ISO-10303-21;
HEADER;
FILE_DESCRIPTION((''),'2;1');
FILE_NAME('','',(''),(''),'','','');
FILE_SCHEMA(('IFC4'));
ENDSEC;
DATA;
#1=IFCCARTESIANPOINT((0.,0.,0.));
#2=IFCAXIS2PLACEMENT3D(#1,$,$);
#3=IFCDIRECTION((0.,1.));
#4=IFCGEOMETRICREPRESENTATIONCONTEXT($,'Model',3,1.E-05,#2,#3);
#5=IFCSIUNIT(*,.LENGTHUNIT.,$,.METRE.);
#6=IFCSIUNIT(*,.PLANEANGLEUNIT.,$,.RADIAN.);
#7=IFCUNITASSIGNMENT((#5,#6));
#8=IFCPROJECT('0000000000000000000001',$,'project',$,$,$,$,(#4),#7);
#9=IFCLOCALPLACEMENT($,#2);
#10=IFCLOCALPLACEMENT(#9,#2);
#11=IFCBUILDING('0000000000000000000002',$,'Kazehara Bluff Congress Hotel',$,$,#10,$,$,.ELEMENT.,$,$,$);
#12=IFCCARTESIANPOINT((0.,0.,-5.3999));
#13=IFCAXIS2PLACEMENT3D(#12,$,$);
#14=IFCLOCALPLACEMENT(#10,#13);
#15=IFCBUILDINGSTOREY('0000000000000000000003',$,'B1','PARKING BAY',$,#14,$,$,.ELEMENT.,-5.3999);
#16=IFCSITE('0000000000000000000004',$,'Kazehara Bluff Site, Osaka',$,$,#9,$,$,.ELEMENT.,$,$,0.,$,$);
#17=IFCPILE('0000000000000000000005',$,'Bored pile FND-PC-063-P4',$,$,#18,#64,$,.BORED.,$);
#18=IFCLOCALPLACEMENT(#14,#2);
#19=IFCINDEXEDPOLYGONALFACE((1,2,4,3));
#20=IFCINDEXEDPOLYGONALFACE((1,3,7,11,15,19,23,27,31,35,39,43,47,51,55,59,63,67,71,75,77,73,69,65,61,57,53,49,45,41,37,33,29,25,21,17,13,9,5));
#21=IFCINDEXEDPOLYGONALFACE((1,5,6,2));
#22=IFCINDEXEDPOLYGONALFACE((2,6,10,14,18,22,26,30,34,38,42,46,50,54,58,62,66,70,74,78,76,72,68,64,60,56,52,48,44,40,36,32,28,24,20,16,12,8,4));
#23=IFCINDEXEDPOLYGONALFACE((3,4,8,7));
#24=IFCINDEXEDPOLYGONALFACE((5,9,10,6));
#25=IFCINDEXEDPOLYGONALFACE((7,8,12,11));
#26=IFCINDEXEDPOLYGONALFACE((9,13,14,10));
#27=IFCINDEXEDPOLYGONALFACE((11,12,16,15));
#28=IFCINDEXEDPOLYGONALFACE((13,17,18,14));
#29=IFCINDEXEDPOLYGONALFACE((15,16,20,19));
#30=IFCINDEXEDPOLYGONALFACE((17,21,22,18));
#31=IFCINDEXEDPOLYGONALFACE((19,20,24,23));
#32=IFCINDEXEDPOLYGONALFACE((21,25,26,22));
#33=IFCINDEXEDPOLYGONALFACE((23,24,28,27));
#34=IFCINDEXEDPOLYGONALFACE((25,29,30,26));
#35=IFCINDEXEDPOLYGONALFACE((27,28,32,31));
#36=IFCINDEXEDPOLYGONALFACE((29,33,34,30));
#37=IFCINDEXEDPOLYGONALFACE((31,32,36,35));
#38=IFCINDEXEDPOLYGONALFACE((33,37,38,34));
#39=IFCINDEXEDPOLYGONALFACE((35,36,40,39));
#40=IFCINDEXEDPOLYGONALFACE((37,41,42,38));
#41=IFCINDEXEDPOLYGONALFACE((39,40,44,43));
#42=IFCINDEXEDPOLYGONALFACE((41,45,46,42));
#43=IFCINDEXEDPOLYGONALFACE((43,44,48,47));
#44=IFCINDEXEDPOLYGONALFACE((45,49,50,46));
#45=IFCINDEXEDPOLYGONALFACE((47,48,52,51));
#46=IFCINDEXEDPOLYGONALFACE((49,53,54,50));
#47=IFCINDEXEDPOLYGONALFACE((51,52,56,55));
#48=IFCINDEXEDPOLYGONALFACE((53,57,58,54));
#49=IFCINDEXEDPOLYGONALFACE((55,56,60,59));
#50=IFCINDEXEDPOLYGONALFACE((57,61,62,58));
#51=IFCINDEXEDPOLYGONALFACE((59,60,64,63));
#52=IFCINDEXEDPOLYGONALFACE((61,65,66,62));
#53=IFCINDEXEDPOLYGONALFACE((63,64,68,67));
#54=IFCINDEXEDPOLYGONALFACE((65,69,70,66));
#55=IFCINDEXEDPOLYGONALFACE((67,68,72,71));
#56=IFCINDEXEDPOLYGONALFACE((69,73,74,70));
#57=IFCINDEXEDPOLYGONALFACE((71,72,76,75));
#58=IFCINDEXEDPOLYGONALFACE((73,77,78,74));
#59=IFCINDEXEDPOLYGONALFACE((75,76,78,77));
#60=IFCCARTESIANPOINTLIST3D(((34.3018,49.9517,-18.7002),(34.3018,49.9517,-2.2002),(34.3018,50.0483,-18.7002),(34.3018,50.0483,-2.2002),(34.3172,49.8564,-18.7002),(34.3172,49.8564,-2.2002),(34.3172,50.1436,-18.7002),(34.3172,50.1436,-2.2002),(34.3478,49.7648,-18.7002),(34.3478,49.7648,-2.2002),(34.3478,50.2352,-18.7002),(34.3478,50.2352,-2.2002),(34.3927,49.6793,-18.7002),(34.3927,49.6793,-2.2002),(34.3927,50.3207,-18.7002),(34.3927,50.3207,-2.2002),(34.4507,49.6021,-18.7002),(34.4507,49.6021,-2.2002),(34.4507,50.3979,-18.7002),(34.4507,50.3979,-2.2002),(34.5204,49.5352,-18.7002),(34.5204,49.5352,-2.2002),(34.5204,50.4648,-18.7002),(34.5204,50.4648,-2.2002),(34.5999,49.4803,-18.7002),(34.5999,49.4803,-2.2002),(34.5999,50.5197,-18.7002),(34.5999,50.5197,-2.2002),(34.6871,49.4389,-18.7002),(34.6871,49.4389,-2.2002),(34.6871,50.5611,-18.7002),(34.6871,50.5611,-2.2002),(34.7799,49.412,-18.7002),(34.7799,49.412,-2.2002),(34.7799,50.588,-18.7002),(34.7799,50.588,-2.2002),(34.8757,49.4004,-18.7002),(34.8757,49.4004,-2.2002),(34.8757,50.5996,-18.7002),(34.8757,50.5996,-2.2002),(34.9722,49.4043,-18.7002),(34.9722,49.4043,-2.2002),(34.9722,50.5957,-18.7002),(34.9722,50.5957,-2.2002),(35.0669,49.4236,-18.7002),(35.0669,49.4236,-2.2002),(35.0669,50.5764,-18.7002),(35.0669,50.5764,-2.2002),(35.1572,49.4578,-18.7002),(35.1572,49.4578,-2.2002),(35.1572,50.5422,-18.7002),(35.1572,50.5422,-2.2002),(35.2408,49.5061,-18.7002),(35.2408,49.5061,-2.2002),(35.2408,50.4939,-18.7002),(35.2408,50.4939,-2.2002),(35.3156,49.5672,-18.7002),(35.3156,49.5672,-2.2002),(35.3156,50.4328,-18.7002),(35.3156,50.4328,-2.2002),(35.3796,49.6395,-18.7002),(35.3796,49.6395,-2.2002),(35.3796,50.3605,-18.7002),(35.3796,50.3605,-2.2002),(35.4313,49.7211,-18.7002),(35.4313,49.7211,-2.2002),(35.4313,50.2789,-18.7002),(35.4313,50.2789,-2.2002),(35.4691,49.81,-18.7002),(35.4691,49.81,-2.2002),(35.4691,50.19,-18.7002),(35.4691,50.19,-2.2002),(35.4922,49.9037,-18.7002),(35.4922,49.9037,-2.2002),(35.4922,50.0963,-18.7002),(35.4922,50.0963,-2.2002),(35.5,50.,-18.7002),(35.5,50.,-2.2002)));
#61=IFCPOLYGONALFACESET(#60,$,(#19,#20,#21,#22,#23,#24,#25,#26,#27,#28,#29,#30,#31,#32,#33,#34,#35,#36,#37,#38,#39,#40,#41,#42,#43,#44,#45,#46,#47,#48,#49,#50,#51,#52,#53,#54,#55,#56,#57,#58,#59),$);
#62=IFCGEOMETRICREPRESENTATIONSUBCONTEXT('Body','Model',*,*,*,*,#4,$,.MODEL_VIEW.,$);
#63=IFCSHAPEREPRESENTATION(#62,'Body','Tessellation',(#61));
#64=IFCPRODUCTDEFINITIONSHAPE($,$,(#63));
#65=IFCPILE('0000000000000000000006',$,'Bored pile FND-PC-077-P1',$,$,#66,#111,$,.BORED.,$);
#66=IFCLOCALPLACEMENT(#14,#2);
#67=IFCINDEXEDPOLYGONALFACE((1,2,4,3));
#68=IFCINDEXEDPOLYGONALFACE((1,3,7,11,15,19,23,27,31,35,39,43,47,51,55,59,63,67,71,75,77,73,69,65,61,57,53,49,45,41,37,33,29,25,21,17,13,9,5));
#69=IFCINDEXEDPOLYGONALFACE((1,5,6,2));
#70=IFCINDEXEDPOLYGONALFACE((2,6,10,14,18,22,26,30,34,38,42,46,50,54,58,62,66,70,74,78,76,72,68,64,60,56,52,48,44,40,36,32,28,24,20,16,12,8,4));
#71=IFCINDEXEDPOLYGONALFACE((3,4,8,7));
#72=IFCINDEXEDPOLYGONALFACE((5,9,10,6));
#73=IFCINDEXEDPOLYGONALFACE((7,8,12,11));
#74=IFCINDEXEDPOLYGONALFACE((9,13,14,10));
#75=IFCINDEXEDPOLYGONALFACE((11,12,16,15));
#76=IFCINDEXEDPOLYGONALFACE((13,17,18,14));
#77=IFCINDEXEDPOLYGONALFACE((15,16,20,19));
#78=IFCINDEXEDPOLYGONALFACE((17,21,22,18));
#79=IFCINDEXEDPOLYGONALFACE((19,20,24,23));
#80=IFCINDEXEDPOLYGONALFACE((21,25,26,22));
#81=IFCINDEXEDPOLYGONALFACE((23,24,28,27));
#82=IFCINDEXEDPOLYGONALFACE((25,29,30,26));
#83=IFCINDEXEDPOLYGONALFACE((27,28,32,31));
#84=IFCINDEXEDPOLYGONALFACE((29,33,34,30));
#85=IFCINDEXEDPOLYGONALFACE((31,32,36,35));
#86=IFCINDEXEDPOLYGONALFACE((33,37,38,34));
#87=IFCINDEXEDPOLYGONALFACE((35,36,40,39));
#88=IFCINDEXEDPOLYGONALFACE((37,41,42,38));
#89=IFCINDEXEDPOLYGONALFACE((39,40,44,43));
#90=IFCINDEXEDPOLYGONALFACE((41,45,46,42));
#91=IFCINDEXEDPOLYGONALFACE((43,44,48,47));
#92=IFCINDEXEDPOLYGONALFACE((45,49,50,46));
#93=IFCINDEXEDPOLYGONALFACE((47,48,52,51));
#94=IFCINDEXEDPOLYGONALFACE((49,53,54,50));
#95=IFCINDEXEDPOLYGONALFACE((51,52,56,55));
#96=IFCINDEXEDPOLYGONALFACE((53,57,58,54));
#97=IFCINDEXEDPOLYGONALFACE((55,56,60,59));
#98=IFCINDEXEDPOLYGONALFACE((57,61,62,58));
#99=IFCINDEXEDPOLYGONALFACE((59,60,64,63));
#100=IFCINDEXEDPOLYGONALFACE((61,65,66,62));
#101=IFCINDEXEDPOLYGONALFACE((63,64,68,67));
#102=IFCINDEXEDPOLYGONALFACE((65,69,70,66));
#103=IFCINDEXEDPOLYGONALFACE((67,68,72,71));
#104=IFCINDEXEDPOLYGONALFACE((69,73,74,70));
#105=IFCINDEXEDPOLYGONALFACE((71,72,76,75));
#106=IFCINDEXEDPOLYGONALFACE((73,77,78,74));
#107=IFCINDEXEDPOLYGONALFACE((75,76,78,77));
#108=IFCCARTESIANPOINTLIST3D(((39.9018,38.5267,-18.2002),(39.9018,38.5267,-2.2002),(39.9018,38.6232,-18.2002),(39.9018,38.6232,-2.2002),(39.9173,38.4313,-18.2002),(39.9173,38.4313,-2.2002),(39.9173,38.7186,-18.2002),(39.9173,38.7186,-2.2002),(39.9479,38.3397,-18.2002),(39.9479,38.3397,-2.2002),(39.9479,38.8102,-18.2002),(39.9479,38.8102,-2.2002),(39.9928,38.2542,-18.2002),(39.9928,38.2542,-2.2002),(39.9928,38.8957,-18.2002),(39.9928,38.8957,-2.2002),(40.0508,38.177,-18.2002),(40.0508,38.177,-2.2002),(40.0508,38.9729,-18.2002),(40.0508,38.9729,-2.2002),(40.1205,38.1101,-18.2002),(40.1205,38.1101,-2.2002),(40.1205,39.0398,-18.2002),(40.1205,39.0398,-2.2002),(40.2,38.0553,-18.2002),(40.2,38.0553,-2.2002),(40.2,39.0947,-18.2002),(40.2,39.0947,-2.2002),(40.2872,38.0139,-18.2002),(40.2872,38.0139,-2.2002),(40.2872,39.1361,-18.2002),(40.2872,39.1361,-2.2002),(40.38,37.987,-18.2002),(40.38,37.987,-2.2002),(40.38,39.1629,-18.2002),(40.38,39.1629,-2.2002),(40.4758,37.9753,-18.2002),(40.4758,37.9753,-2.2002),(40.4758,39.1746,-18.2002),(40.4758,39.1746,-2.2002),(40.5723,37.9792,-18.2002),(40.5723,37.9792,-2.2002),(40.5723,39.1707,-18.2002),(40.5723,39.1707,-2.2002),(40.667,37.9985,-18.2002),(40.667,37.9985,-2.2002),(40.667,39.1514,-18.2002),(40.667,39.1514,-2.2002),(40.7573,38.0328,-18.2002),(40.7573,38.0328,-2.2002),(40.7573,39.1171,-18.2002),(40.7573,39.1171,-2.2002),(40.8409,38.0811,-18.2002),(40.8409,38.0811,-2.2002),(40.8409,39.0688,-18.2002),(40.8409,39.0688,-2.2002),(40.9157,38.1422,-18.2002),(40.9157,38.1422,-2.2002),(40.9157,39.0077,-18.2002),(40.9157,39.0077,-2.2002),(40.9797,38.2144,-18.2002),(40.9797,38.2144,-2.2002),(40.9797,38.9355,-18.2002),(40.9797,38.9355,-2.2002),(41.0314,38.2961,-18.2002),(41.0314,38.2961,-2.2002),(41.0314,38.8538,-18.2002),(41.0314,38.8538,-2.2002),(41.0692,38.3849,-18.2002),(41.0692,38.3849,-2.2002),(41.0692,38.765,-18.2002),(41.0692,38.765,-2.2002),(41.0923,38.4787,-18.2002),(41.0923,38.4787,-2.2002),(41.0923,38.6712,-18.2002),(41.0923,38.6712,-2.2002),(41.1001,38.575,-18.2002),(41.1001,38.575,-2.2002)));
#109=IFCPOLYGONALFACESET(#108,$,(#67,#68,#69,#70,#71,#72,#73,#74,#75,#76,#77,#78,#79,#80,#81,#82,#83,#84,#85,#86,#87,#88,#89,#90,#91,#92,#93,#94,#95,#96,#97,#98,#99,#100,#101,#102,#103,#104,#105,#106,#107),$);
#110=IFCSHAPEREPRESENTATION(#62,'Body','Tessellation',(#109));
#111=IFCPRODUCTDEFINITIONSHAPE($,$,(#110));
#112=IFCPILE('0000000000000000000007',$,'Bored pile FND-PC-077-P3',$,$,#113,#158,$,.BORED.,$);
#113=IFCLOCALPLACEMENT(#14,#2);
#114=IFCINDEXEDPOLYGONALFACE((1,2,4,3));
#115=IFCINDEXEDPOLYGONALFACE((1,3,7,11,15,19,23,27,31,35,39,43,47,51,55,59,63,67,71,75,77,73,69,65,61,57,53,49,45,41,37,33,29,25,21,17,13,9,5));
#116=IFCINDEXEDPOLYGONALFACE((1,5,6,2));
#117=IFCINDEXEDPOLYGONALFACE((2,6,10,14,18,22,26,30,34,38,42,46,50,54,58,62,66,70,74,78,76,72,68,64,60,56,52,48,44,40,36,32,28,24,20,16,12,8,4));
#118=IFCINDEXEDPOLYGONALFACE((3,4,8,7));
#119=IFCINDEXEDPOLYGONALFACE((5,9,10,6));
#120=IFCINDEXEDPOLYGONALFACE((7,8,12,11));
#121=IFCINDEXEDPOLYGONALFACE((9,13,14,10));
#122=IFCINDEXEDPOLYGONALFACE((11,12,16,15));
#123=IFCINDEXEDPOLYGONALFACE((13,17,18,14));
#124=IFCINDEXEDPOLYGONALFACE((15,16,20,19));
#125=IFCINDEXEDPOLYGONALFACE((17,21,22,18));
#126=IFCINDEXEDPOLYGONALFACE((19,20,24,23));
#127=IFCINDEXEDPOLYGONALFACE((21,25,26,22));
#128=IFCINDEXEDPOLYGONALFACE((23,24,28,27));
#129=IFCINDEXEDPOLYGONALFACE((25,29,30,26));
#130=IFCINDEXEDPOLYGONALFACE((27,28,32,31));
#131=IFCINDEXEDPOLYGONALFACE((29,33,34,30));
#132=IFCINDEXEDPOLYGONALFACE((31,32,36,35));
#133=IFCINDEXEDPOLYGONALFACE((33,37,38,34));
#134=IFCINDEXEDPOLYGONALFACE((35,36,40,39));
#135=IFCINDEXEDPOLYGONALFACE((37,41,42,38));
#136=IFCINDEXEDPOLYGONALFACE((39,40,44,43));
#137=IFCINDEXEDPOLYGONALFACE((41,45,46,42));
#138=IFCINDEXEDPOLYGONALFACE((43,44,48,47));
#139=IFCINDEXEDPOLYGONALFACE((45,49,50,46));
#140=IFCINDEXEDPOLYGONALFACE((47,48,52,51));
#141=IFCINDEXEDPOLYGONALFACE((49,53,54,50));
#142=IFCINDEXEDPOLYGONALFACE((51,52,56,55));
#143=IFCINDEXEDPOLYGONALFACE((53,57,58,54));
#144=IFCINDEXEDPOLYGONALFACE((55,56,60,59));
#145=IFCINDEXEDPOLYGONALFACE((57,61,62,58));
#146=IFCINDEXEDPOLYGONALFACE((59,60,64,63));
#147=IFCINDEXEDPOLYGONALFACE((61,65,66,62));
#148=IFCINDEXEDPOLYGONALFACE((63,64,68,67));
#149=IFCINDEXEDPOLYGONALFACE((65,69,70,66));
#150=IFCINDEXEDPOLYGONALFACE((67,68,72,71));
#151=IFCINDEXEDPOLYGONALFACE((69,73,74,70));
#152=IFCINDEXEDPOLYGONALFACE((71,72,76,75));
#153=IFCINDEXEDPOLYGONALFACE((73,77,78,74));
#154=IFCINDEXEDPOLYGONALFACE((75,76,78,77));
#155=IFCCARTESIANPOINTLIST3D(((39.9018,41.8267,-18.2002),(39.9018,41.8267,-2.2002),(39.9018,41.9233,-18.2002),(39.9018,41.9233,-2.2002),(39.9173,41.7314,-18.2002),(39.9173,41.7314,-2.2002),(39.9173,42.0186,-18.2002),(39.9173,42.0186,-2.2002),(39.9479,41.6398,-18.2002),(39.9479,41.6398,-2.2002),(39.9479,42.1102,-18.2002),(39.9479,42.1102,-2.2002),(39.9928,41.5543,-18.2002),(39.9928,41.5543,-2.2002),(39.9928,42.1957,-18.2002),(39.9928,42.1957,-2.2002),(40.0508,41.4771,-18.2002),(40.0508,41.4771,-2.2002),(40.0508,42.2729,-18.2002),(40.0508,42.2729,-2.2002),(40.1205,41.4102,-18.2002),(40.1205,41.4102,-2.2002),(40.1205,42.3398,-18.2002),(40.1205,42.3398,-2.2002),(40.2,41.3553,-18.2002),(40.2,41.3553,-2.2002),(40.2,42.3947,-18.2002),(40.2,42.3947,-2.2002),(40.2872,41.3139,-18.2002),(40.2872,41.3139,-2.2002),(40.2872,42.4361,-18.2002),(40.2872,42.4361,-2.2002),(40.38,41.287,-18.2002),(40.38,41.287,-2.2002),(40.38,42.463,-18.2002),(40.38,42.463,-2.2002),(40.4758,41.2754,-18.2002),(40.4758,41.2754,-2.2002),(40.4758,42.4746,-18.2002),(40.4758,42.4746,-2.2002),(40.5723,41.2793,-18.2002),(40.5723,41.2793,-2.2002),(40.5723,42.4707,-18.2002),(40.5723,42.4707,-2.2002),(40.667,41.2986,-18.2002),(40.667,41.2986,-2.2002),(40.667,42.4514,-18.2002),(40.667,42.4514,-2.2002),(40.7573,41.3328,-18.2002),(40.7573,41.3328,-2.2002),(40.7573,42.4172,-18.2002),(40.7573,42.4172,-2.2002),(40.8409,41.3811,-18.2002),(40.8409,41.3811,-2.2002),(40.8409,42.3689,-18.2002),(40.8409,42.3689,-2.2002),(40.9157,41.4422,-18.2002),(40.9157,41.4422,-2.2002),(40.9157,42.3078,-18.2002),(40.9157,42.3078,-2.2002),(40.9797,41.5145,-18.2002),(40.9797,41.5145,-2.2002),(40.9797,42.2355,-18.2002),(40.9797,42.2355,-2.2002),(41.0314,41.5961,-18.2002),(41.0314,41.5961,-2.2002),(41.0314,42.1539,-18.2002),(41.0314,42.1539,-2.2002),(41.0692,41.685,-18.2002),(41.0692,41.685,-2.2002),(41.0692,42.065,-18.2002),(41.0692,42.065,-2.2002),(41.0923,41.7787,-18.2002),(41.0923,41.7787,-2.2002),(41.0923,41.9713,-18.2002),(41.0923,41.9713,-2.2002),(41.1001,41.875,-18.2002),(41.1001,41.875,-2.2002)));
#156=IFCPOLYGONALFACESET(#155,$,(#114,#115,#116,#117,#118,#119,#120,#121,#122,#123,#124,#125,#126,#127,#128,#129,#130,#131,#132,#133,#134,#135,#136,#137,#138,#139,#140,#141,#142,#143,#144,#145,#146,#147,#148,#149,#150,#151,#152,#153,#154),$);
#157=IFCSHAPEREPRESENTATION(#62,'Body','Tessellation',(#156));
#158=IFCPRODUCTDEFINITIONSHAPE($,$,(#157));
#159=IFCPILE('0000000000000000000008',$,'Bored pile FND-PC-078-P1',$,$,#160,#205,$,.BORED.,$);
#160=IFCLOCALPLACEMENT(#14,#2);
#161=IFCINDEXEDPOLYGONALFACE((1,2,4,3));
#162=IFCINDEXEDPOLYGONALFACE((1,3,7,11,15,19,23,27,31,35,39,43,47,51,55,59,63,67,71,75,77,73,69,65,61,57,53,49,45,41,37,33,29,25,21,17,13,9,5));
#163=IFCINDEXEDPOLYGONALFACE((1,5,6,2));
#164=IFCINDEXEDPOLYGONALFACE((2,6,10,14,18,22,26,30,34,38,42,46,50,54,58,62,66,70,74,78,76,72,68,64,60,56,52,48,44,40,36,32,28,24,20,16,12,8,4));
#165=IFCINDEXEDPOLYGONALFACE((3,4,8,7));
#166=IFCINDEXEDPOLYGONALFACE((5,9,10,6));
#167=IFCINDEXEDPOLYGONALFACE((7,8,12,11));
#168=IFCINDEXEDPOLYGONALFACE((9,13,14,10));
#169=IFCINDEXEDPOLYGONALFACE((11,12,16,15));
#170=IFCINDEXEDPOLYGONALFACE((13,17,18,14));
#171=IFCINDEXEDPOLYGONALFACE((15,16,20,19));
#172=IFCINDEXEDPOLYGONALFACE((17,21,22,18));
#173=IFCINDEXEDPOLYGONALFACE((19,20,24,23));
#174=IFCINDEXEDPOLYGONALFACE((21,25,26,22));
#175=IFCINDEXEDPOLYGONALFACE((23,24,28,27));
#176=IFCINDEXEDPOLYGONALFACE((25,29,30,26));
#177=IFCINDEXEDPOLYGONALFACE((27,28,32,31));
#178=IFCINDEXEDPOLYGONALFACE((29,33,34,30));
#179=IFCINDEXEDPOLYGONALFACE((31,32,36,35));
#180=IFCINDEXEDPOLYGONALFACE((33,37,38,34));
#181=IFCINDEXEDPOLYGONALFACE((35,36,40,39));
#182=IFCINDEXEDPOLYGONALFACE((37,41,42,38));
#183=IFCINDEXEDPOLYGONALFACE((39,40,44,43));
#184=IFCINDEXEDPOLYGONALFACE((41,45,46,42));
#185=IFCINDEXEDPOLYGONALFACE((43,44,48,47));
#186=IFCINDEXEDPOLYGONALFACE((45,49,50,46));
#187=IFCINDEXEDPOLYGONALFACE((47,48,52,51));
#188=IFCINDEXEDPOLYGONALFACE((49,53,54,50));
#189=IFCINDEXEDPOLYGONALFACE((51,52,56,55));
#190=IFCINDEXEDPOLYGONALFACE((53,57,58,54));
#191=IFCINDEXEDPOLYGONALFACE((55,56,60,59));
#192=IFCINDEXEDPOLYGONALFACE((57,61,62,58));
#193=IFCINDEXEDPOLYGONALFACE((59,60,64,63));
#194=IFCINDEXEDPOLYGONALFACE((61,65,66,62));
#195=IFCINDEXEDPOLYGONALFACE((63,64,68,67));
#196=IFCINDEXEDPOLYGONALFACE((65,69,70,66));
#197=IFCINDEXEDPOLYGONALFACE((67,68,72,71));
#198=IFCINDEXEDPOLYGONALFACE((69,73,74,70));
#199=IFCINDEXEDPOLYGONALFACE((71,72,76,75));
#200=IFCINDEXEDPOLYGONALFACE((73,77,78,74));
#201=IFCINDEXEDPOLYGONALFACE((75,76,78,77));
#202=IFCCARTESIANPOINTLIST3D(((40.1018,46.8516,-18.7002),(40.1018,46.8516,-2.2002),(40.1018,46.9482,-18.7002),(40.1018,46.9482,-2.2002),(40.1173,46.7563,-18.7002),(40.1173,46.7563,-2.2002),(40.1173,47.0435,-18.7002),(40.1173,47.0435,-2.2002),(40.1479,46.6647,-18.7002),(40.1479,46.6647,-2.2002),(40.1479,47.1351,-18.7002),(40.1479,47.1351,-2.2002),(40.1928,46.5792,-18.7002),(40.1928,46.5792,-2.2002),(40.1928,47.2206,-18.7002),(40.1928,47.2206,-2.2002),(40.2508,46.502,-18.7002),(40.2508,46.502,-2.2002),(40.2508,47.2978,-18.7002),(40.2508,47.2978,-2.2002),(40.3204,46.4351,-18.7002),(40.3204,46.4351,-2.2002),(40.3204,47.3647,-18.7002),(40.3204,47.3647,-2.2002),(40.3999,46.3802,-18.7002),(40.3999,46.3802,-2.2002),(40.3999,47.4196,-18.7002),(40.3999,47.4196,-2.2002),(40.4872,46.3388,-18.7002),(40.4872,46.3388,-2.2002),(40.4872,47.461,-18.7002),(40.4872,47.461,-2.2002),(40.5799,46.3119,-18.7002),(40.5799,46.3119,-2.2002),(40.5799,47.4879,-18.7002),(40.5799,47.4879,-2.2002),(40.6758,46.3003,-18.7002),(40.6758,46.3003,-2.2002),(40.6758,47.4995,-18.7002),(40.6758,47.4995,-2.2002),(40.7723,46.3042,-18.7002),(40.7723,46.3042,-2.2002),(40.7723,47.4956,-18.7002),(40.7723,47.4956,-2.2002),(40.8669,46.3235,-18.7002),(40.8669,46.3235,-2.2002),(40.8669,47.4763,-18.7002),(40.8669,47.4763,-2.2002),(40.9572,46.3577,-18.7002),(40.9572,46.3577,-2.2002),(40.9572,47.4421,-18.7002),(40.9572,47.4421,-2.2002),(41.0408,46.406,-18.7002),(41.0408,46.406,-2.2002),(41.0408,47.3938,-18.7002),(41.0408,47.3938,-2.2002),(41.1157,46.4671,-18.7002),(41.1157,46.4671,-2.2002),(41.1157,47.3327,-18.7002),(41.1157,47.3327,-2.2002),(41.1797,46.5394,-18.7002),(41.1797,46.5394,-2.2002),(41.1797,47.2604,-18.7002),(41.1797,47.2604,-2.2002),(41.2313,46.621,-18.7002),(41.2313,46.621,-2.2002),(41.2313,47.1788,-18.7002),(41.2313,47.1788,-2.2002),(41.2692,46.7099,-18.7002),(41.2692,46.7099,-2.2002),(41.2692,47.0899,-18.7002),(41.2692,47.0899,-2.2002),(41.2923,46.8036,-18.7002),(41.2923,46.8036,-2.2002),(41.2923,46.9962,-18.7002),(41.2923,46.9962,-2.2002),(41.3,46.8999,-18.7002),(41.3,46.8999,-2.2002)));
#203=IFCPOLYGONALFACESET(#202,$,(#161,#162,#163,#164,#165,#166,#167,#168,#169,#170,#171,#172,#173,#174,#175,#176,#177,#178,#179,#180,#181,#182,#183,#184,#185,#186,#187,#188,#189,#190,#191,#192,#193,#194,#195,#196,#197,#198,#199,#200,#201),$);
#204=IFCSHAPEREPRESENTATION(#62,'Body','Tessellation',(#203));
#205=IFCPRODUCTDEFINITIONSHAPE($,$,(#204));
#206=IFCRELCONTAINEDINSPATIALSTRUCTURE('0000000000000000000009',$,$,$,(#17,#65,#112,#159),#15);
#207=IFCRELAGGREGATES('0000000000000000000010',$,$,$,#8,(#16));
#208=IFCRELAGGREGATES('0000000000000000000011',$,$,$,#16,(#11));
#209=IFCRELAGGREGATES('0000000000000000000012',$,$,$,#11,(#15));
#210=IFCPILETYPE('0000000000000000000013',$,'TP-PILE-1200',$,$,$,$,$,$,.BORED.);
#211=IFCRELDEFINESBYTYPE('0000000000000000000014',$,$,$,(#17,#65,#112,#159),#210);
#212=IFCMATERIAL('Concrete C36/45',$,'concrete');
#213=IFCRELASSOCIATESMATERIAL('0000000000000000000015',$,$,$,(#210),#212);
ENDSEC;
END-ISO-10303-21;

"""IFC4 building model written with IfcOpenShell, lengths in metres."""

from ifc_helpers import new_model, si_unit, direction, frame, origin, origin_2d, place, context, subcontext, project, spatial, circle, extrude, material, material_profile, profile_set, type_object, element, save


model = new_model("IFC4")

# Units and contexts
model_context = context("Model", 3, precision=1e-05, world=origin(), true_north=direction((0.0, 1.0)))
body_context = subcontext(model_context, "Body", "Model", "MODEL_VIEW")
ifc_project = project(units=[si_unit("LENGTHUNIT", "METRE"), si_unit("PLANEANGLEUNIT", "RADIAN")], contexts=[model_context])

# Site, building, storey
site_placement = place(None, origin())
site = spatial("IfcSite", under=ifc_project, at=site_placement, Name="Kazehara Bluff Site, Osaka", CompositionType="ELEMENT", RefElevation=0.0)
building_placement = place(site_placement, origin())
building = spatial("IfcBuilding", under=site, at=building_placement, Name="Kazehara Bluff Congress Hotel", CompositionType="ELEMENT")
storey_placement = place(building_placement, frame((0.0, 0.0, -5.3999)))
storey = spatial("IfcBuildingStorey", under=building, at=storey_placement, Name="B1", Description="PARKING BAY", CompositionType="ELEMENT", Elevation=-5.3999)

# Piles
ifc_material_1 = material(Name="Concrete C36/45", Category="concrete")
ifc_material_profile_1 = material_profile(ifc_material_1, circle(Radius=0.6001, at=origin_2d()))
ifc_profile_set_1 = profile_set([ifc_material_profile_1], Name="Concrete C36/45")
pile_type = type_object("IfcPileType", Name="TP-PILE-1200", PredefinedType="BORED", material=ifc_profile_set_1)
for number, where, z_axis, x_axis, name in (
    (1, (34.8999, 50.0, -2.2002), (0.0, 0.0, -1.0), (1.0, 0.0, 0.0), "Bored pile FND-PC-063-P4"),
):
    element("IfcPile", number, at=place(storey_placement, frame(where, z_axis=z_axis, x_axis=x_axis)), inside=storey, type_object=pile_type, Name=name, PredefinedType="BORED", context=body_context, shape_type="SweptSolid", body=[
        extrude(circle(Radius=0.6001, at=origin_2d()), origin(), (0.0, 0.0, 1.0), 16.5),
    ])
for number, where, z_axis, x_axis, name in (
    (2, (40.5, 38.575, -2.2002), (0.0, 0.0, -1.0), (1.0, 0.0, 0.0), "Bored pile FND-PC-077-P1"),
    (3, (40.5, 41.875, -2.2002), (0.0, 0.0, -1.0), (1.0, 0.0, 0.0), "Bored pile FND-PC-077-P3"),
):
    element("IfcPile", number, at=place(storey_placement, frame(where, z_axis=z_axis, x_axis=x_axis)), inside=storey, type_object=pile_type, Name=name, PredefinedType="BORED", context=body_context, shape_type="SweptSolid", body=[
        extrude(circle(Radius=0.6001, at=origin_2d()), origin(), (0.0, 0.0, 1.0), 16.0),
    ])
for number, where, z_axis, x_axis, name in (
    (4, (40.7, 46.8999, -2.2002), (0.0, 0.0, -1.0), (1.0, 0.0, 0.0), "Bored pile FND-PC-078-P1"),
):
    element("IfcPile", number, at=place(storey_placement, frame(where, z_axis=z_axis, x_axis=x_axis)), inside=storey, type_object=pile_type, Name=name, PredefinedType="BORED", context=body_context, shape_type="SweptSolid", body=[
        extrude(circle(Radius=0.6001, at=origin_2d()), origin(), (0.0, 0.0, 1.0), 16.5),
    ])

save(model, "model.ifc")
